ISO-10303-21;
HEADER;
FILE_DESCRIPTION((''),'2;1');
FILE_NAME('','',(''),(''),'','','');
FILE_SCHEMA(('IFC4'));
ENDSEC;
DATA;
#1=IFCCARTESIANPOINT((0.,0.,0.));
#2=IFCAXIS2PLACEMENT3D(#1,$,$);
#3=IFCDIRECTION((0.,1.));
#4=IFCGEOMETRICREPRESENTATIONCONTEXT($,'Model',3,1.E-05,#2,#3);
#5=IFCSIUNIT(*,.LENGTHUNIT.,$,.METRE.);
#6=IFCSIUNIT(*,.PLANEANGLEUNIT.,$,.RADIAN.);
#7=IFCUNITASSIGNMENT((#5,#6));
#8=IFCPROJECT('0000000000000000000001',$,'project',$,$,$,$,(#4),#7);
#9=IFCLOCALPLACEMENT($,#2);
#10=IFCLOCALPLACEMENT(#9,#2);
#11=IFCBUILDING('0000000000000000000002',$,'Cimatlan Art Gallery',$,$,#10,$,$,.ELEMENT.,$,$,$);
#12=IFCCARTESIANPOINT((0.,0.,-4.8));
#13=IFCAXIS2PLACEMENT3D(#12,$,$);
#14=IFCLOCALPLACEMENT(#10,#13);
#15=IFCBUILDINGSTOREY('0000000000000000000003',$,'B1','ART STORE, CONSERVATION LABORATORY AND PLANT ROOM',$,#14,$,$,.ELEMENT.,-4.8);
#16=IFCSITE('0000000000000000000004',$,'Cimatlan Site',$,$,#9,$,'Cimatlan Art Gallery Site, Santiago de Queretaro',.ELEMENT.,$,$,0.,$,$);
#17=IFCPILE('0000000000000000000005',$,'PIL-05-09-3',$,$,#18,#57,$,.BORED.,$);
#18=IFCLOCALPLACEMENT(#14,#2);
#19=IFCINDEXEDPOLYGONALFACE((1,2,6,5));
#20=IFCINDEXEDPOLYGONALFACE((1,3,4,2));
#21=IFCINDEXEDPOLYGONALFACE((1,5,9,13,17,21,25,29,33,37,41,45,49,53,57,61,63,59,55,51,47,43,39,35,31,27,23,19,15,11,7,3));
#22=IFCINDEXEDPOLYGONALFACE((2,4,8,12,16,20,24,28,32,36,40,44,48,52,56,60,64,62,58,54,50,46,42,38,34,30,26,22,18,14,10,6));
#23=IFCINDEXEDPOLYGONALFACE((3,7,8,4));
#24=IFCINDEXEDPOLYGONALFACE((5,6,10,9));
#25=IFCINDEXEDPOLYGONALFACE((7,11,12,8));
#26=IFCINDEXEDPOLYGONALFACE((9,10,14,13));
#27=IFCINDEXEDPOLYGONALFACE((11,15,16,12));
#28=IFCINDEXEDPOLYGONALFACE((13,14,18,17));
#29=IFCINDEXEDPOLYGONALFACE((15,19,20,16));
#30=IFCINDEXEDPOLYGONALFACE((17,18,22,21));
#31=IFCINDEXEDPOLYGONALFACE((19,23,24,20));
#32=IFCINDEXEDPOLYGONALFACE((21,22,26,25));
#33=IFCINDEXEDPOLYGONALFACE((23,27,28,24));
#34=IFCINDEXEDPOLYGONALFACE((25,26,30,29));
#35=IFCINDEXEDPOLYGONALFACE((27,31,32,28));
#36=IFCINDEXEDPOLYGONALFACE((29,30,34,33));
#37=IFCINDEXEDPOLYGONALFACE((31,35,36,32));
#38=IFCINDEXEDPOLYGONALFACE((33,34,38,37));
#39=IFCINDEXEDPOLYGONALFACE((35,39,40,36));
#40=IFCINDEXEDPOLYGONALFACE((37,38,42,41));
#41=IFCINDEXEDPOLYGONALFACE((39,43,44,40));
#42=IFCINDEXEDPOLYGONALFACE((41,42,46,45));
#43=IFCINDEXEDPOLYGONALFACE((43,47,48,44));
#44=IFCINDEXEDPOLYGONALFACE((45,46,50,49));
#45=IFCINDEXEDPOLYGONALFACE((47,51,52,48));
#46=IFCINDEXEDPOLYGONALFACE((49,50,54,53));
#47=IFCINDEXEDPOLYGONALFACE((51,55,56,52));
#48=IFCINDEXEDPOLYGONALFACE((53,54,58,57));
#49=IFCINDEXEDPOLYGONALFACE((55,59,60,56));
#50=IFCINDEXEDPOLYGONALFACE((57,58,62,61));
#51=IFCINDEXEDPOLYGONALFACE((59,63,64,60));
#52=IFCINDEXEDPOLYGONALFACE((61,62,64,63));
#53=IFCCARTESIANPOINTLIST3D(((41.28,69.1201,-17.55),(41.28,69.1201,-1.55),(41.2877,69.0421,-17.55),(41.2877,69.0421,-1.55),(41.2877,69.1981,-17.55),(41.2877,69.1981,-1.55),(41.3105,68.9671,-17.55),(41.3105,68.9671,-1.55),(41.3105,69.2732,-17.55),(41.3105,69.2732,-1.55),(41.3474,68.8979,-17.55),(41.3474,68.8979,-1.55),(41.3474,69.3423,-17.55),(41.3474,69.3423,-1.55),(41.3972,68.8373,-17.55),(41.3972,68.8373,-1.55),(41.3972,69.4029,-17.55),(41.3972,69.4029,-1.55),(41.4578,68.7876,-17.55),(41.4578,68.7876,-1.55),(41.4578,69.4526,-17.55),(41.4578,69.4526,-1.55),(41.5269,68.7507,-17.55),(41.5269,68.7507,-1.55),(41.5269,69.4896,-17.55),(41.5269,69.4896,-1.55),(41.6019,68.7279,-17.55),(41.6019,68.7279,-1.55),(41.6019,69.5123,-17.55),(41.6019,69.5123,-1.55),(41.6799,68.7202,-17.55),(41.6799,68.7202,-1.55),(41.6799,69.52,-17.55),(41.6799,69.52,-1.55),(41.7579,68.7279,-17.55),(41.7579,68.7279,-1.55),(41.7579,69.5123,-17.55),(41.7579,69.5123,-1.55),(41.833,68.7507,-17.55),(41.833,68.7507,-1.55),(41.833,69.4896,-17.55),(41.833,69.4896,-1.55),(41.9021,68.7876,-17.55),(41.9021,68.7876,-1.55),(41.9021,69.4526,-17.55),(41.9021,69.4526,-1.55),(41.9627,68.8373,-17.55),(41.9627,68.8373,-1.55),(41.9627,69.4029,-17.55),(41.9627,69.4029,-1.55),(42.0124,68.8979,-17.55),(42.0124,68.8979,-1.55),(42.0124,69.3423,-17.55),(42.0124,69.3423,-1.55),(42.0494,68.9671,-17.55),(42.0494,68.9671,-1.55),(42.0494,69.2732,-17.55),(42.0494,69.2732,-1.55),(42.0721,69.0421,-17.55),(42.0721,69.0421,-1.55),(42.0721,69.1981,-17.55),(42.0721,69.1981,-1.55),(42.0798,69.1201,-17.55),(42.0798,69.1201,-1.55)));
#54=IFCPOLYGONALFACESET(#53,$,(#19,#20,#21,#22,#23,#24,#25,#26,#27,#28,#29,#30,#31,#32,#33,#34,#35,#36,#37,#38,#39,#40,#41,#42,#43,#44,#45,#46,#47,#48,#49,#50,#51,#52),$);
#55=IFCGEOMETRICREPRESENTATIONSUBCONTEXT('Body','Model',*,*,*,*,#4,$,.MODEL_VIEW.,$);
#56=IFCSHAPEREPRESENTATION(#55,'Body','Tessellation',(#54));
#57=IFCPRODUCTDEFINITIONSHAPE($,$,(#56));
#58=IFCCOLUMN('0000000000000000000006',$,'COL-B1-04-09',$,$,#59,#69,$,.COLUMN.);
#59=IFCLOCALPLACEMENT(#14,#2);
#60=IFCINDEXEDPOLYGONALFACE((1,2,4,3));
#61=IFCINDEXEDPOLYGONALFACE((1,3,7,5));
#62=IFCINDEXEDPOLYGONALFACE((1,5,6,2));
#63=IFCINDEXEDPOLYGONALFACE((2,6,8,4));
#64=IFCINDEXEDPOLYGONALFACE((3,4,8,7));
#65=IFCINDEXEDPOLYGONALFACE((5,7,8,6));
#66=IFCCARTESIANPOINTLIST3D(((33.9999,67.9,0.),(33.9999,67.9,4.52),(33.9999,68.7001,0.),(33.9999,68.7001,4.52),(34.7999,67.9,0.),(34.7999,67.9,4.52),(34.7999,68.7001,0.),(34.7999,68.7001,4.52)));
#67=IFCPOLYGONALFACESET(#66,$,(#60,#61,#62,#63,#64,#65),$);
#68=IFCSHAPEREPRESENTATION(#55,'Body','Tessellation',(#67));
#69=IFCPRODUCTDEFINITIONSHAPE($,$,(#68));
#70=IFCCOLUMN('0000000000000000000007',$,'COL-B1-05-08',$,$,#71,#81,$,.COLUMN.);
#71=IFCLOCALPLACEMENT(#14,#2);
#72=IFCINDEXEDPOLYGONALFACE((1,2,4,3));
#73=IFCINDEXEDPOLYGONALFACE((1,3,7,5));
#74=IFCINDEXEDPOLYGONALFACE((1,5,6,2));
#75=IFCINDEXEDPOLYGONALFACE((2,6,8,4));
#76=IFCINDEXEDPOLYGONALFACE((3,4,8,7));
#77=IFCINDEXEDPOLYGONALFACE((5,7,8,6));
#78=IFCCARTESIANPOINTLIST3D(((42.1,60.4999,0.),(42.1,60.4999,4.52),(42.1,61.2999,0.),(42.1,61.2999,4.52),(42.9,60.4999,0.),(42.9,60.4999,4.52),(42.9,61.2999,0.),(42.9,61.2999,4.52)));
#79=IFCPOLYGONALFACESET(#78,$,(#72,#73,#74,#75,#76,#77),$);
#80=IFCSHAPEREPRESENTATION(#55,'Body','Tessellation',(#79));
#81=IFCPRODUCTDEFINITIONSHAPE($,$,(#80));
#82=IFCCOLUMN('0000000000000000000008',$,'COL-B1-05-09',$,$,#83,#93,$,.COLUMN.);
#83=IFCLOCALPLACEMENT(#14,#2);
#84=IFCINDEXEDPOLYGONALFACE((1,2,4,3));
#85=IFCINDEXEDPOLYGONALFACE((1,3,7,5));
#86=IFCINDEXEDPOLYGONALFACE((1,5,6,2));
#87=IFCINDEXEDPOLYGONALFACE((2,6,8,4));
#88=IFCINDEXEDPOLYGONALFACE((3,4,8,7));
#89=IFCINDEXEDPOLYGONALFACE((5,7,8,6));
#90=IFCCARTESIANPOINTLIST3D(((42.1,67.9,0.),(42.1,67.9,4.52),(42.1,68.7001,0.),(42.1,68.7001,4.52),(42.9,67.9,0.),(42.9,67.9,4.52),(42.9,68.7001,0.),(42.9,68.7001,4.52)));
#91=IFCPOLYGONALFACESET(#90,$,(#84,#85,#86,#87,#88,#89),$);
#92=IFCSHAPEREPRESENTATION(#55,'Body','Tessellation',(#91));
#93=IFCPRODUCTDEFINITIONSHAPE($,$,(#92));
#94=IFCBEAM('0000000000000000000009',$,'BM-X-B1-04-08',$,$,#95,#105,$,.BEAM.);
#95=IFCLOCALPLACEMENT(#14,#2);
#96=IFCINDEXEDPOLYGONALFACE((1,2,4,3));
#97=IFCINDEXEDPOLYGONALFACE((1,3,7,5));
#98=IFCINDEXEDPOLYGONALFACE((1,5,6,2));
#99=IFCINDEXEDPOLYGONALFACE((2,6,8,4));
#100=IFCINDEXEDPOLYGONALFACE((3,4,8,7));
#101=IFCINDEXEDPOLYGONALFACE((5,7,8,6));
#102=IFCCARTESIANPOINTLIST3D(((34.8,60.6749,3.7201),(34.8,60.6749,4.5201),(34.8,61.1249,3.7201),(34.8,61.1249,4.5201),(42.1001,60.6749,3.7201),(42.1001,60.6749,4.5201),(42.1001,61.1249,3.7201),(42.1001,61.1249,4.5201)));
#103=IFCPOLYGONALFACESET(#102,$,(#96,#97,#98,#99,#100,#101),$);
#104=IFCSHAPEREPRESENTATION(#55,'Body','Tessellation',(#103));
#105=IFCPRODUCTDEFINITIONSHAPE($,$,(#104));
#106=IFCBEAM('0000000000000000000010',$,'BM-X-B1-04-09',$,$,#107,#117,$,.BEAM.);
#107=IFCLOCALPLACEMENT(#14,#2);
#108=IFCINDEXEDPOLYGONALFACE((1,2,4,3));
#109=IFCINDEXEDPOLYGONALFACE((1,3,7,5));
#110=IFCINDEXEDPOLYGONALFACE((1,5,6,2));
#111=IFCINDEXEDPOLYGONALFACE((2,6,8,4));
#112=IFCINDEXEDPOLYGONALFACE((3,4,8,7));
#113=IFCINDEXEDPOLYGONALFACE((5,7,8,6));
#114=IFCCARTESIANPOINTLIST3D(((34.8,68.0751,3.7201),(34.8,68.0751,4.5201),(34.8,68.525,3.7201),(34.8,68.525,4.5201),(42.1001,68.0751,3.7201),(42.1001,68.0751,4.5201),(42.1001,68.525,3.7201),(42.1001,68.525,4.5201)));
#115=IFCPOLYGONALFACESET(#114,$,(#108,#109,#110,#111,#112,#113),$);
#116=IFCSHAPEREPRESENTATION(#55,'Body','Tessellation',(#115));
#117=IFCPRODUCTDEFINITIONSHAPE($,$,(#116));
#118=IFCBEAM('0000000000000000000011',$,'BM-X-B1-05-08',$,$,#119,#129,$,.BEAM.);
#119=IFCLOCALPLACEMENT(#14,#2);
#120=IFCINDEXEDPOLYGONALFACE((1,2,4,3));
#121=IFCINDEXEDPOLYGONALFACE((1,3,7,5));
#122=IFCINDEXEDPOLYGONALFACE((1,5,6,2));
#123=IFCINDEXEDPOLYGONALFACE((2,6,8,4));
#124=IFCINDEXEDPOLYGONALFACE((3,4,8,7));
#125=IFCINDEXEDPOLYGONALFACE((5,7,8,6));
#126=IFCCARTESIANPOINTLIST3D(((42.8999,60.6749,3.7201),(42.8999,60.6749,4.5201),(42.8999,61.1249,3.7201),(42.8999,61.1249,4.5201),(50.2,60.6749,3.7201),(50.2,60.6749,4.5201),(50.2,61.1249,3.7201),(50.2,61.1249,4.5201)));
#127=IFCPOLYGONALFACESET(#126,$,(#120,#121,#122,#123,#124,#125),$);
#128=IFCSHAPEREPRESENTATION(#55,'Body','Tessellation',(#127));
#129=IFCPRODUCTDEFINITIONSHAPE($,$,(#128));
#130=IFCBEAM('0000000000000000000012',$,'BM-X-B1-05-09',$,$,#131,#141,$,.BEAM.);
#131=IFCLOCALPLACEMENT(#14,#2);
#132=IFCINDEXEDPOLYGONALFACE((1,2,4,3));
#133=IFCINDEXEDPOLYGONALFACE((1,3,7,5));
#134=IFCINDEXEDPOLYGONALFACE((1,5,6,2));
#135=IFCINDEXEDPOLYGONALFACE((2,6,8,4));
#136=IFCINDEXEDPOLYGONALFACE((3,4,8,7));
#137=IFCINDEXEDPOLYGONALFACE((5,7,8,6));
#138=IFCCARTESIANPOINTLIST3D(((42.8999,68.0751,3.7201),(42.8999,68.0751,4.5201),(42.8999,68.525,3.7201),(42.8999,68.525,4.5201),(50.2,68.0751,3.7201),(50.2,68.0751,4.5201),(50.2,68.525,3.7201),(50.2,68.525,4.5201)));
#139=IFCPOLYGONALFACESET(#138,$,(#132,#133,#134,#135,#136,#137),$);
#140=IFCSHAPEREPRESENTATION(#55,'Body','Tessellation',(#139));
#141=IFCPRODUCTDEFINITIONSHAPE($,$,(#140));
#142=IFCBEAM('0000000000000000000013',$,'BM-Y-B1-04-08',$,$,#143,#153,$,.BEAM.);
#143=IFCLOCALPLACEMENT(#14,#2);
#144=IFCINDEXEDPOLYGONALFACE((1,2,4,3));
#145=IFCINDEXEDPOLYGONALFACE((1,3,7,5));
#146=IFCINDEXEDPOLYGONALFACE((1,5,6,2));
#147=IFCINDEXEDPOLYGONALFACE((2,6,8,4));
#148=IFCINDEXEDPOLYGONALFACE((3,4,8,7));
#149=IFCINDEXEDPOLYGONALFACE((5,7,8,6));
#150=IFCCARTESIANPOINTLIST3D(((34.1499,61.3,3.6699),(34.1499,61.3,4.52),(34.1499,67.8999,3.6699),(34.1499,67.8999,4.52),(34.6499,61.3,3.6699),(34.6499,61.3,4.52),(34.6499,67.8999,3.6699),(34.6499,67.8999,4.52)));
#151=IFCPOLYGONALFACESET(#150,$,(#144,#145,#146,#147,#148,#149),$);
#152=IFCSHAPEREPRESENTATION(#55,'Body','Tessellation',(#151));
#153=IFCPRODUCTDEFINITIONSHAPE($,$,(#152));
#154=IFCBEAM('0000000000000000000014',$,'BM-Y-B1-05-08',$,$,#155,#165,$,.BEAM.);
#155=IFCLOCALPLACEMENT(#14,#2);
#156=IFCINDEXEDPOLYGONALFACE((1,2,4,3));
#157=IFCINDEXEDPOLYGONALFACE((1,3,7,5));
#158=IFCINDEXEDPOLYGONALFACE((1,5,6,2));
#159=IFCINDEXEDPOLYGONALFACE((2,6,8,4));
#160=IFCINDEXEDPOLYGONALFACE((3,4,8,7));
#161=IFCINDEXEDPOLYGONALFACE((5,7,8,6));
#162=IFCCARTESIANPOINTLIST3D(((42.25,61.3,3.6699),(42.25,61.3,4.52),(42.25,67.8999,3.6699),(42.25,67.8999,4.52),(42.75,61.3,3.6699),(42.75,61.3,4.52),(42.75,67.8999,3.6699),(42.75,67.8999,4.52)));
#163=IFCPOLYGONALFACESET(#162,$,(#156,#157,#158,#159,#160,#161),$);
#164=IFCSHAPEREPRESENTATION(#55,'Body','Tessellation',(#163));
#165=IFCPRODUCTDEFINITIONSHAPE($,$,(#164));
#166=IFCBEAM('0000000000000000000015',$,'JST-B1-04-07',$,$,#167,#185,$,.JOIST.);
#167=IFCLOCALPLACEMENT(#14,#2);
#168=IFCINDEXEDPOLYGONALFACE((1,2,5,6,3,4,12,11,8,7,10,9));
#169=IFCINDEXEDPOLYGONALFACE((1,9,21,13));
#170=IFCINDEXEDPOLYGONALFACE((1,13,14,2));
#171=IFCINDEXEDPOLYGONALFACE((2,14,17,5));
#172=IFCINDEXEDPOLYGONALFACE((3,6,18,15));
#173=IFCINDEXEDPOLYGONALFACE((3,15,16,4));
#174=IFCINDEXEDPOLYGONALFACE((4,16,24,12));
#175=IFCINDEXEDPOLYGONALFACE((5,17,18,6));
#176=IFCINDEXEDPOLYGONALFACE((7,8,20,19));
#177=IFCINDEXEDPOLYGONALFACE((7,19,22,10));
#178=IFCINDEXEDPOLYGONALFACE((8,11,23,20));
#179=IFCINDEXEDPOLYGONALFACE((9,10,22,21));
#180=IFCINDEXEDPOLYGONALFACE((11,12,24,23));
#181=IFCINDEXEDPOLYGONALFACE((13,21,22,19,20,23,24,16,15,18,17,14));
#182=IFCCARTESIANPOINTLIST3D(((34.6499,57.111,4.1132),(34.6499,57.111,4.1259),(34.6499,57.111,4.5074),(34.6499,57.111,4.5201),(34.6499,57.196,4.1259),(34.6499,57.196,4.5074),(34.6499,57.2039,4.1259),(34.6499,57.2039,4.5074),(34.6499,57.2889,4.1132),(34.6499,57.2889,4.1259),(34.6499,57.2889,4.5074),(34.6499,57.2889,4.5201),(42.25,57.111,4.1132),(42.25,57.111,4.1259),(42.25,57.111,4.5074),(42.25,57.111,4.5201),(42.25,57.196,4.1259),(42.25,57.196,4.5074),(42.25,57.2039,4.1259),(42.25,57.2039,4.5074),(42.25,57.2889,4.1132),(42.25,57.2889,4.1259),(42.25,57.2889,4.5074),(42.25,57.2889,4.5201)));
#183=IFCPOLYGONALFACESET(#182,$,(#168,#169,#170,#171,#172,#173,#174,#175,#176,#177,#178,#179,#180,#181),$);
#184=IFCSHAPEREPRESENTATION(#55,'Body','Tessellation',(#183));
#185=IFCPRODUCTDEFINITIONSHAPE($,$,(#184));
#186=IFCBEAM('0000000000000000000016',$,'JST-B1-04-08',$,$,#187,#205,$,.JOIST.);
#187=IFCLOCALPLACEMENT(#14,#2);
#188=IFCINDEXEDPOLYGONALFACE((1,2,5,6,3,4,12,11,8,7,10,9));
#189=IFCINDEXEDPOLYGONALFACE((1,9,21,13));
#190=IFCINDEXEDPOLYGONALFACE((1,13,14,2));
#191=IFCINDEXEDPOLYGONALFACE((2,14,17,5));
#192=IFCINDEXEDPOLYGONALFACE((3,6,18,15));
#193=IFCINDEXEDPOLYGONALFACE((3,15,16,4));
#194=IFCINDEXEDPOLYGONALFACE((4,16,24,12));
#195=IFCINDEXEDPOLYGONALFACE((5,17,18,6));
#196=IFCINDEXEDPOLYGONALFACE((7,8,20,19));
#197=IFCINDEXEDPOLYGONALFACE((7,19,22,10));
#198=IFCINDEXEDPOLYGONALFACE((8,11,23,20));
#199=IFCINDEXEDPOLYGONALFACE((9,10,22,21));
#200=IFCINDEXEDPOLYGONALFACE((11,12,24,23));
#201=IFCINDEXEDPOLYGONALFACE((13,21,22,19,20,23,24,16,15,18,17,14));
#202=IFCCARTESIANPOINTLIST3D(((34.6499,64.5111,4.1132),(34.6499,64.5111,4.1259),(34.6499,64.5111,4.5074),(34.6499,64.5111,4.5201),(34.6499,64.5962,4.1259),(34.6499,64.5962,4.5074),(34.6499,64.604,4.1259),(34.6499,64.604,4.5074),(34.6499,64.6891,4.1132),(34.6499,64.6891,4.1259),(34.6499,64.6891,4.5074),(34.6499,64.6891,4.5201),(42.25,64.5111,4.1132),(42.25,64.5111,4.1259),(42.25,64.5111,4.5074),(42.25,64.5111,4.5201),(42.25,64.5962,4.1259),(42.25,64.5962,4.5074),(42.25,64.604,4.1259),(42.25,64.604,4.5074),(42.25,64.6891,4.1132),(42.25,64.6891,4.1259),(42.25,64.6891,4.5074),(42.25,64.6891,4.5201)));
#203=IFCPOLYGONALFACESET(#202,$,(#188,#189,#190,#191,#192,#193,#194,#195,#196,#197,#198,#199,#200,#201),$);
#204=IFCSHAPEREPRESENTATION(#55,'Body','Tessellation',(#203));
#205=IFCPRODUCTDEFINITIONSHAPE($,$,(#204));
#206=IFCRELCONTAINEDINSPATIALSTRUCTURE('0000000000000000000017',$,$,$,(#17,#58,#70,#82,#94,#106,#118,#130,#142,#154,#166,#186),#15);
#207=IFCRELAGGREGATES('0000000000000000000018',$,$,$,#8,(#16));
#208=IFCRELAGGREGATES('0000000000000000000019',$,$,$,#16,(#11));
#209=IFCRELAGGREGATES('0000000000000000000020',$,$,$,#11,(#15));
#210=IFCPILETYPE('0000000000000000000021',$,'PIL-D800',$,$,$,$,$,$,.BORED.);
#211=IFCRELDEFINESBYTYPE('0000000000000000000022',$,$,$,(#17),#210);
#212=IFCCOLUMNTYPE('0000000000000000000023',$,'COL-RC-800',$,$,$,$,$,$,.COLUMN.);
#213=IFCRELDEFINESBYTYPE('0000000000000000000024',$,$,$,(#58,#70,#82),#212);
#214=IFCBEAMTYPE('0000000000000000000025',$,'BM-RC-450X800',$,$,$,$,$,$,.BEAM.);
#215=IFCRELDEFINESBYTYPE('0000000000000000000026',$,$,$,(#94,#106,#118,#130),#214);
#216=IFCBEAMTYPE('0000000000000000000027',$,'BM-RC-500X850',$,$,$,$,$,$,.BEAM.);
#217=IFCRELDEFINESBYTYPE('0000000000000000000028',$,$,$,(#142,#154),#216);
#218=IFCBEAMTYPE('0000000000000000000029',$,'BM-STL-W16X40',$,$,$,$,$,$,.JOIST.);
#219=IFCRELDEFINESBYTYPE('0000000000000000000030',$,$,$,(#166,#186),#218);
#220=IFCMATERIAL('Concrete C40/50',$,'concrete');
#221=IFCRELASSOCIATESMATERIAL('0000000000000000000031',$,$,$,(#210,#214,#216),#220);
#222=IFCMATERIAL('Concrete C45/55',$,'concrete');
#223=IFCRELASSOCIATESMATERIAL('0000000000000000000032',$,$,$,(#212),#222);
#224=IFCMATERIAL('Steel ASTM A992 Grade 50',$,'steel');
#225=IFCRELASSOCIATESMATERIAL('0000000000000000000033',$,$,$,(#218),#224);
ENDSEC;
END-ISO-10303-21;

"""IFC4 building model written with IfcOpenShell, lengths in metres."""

from ifc_helpers import new_model, si_unit, direction, frame, origin, origin_2d, place, context, subcontext, project, spatial, rectangle, circle, i_section, extrude, material, material_profile, profile_set, type_object, element, save


model = new_model("IFC4")

# Units and contexts
model_context = context("Model", 3, precision=1e-05, world=origin(), true_north=direction((0.0, 1.0)))
body_context = subcontext(model_context, "Body", "Model", "MODEL_VIEW")
ifc_project = project(units=[si_unit("LENGTHUNIT", "METRE"), si_unit("PLANEANGLEUNIT", "RADIAN")], contexts=[model_context])

# Site, building, storey
site_placement = place(None, origin())
site = spatial("IfcSite", under=ifc_project, at=site_placement, Name="Cimatlan Site", LongName="Cimatlan Art Gallery Site, Santiago de Queretaro", CompositionType="ELEMENT", RefElevation=0.0)
building_placement = place(site_placement, origin())
building = spatial("IfcBuilding", under=site, at=building_placement, Name="Cimatlan Art Gallery", CompositionType="ELEMENT")
storey_placement = place(building_placement, frame((0.0, 0.0, -4.8)))
storey = spatial("IfcBuildingStorey", under=building, at=storey_placement, Name="B1", Description="ART STORE, CONSERVATION LABORATORY AND PLANT ROOM", CompositionType="ELEMENT", Elevation=-4.8)

# Shared definitions
ifc_material_1 = material(Name="Concrete C40/50", Category="concrete")

# Pile
pile_type = type_object("IfcPileType", Name="PIL-D800", PredefinedType="BORED", material=ifc_material_1)
for number, where, z_axis, x_axis, name in (
    (1, (41.6799, 69.1201, -1.55), (0.0, 0.0, -1.0), (1.0, 0.0, 0.0), "PIL-05-09-3"),
):
    element("IfcPile", number, at=place(storey_placement, frame(where, z_axis=z_axis, x_axis=x_axis)), inside=storey, type_object=pile_type, Name=name, PredefinedType="BORED", context=body_context, shape_type="SweptSolid", body=[
        extrude(circle(Radius=0.3999, at=origin_2d()), origin(), (0.0, 0.0, 1.0), 16.0),
    ])

# Columns
ifc_material_2 = material(Name="Concrete C45/55", Category="concrete")
ifc_material_profile_1 = material_profile(ifc_material_2, rectangle(XDim=0.8, YDim=0.8, at=origin_2d()), Name="RC800X800")
ifc_profile_set_1 = profile_set([ifc_material_profile_1], Name="Concrete C45/55")
column_type = type_object("IfcColumnType", Name="COL-RC-800", PredefinedType="COLUMN", material=ifc_profile_set_1)
for number, where, z_axis, x_axis, name in (
    (2, (34.3999, 68.3, 0.0), (0.0, 0.0, 1.0), (1.0, 0.0, 0.0), "COL-B1-04-09"),
    (3, (42.5, 60.8999, 0.0), (0.0, 0.0, 1.0), (1.0, 0.0, 0.0), "COL-B1-05-08"),
    (4, (42.5, 68.3, 0.0), (0.0, 0.0, 1.0), (1.0, 0.0, 0.0), "COL-B1-05-09"),
):
    element("IfcColumn", number, at=place(storey_placement, frame(where, z_axis=z_axis, x_axis=x_axis)), inside=storey, type_object=column_type, Name=name, PredefinedType="COLUMN", context=body_context, shape_type="SweptSolid", body=[
        extrude(rectangle(XDim=0.8, YDim=0.8, at=origin_2d()), origin(), (0.0, 0.0, 1.0), 4.52),
    ])

# Beams
ifc_material_profile_2 = material_profile(ifc_material_1, rectangle(XDim=0.45, YDim=0.8, at=origin_2d()), Name="RC450X800")
ifc_profile_set_2 = profile_set([ifc_material_profile_2], Name="Concrete C40/50")
beam_type_1 = type_object("IfcBeamType", Name="BM-RC-450X800", PredefinedType="BEAM", material=ifc_profile_set_2)
for number, where, z_axis, x_axis, name in (
    (5, (34.8, 60.8999, 4.1201), (1.0, 0.0, 0.0), (0.0, 1.0, 0.0), "BM-X-B1-04-08"),
    (6, (34.8, 68.3, 4.1201), (1.0, 0.0, 0.0), (0.0, 1.0, 0.0), "BM-X-B1-04-09"),
    (7, (42.8999, 60.8999, 4.1201), (1.0, 0.0, 0.0), (0.0, 1.0, 0.0), "BM-X-B1-05-08"),
    (8, (42.8999, 68.3, 4.1201), (1.0, 0.0, 0.0), (0.0, 1.0, 0.0), "BM-X-B1-05-09"),
):
    element("IfcBeam", number, at=place(storey_placement, frame(where, z_axis=z_axis, x_axis=x_axis)), inside=storey, type_object=beam_type_1, Name=name, PredefinedType="BEAM", context=body_context, shape_type="SweptSolid", body=[
        extrude(rectangle(XDim=0.45, YDim=0.8, at=origin_2d()), origin(), (0.0, 0.0, 1.0), 7.3),
    ])
ifc_material_profile_3 = material_profile(ifc_material_1, rectangle(XDim=0.5, YDim=0.8501, at=origin_2d()), Name="RC500X850")
ifc_profile_set_3 = profile_set([ifc_material_profile_3], Name="Concrete C40/50")
beam_type_2 = type_object("IfcBeamType", Name="BM-RC-500X850", PredefinedType="BEAM", material=ifc_profile_set_3)
for number, where, z_axis, x_axis, name in (
    (9, (34.3999, 61.3, 4.095), (0.0, 1.0, 0.0), (-1.0, 0.0, 0.0), "BM-Y-B1-04-08"),
    (10, (42.5, 61.3, 4.095), (0.0, 1.0, 0.0), (-1.0, 0.0, 0.0), "BM-Y-B1-05-08"),
):
    element("IfcBeam", number, at=place(storey_placement, frame(where, z_axis=z_axis, x_axis=x_axis)), inside=storey, type_object=beam_type_2, Name=name, PredefinedType="BEAM", context=body_context, shape_type="SweptSolid", body=[
        extrude(rectangle(XDim=0.5, YDim=0.8501, at=origin_2d()), origin(), (0.0, 0.0, 1.0), 6.5999),
    ])
ifc_material_3 = material(Name="Steel ASTM A992 Grade 50", Category="steel")
ifc_material_profile_4 = material_profile(ifc_material_3, i_section(OverallWidth=0.178, OverallDepth=0.407, WebThickness=0.0078, FlangeThickness=0.0127, at=origin_2d()), Name="W16X40")
ifc_profile_set_4 = profile_set([ifc_material_profile_4], Name="Steel ASTM A992 Grade 50")
beam_type_3 = type_object("IfcBeamType", Name="BM-STL-W16X40", PredefinedType="JOIST", material=ifc_profile_set_4)
for number, where, z_axis, x_axis, name in (
    (11, (34.6499, 57.2, 4.3167), (1.0, 0.0, 0.0), (0.0, 1.0, 0.0), "JST-B1-04-07"),
    (12, (34.6499, 64.6001, 4.3167), (1.0, 0.0, 0.0), (0.0, 1.0, 0.0), "JST-B1-04-08"),
):
    element("IfcBeam", number, at=place(storey_placement, frame(where, z_axis=z_axis, x_axis=x_axis)), inside=storey, type_object=beam_type_3, Name=name, PredefinedType="JOIST", context=body_context, shape_type="SweptSolid", body=[
        extrude(i_section(OverallWidth=0.178, OverallDepth=0.407, WebThickness=0.0078, FlangeThickness=0.0127, at=origin_2d()), origin(), (0.0, 0.0, 1.0), 7.6001),
    ])

save(model, "model.ifc")
